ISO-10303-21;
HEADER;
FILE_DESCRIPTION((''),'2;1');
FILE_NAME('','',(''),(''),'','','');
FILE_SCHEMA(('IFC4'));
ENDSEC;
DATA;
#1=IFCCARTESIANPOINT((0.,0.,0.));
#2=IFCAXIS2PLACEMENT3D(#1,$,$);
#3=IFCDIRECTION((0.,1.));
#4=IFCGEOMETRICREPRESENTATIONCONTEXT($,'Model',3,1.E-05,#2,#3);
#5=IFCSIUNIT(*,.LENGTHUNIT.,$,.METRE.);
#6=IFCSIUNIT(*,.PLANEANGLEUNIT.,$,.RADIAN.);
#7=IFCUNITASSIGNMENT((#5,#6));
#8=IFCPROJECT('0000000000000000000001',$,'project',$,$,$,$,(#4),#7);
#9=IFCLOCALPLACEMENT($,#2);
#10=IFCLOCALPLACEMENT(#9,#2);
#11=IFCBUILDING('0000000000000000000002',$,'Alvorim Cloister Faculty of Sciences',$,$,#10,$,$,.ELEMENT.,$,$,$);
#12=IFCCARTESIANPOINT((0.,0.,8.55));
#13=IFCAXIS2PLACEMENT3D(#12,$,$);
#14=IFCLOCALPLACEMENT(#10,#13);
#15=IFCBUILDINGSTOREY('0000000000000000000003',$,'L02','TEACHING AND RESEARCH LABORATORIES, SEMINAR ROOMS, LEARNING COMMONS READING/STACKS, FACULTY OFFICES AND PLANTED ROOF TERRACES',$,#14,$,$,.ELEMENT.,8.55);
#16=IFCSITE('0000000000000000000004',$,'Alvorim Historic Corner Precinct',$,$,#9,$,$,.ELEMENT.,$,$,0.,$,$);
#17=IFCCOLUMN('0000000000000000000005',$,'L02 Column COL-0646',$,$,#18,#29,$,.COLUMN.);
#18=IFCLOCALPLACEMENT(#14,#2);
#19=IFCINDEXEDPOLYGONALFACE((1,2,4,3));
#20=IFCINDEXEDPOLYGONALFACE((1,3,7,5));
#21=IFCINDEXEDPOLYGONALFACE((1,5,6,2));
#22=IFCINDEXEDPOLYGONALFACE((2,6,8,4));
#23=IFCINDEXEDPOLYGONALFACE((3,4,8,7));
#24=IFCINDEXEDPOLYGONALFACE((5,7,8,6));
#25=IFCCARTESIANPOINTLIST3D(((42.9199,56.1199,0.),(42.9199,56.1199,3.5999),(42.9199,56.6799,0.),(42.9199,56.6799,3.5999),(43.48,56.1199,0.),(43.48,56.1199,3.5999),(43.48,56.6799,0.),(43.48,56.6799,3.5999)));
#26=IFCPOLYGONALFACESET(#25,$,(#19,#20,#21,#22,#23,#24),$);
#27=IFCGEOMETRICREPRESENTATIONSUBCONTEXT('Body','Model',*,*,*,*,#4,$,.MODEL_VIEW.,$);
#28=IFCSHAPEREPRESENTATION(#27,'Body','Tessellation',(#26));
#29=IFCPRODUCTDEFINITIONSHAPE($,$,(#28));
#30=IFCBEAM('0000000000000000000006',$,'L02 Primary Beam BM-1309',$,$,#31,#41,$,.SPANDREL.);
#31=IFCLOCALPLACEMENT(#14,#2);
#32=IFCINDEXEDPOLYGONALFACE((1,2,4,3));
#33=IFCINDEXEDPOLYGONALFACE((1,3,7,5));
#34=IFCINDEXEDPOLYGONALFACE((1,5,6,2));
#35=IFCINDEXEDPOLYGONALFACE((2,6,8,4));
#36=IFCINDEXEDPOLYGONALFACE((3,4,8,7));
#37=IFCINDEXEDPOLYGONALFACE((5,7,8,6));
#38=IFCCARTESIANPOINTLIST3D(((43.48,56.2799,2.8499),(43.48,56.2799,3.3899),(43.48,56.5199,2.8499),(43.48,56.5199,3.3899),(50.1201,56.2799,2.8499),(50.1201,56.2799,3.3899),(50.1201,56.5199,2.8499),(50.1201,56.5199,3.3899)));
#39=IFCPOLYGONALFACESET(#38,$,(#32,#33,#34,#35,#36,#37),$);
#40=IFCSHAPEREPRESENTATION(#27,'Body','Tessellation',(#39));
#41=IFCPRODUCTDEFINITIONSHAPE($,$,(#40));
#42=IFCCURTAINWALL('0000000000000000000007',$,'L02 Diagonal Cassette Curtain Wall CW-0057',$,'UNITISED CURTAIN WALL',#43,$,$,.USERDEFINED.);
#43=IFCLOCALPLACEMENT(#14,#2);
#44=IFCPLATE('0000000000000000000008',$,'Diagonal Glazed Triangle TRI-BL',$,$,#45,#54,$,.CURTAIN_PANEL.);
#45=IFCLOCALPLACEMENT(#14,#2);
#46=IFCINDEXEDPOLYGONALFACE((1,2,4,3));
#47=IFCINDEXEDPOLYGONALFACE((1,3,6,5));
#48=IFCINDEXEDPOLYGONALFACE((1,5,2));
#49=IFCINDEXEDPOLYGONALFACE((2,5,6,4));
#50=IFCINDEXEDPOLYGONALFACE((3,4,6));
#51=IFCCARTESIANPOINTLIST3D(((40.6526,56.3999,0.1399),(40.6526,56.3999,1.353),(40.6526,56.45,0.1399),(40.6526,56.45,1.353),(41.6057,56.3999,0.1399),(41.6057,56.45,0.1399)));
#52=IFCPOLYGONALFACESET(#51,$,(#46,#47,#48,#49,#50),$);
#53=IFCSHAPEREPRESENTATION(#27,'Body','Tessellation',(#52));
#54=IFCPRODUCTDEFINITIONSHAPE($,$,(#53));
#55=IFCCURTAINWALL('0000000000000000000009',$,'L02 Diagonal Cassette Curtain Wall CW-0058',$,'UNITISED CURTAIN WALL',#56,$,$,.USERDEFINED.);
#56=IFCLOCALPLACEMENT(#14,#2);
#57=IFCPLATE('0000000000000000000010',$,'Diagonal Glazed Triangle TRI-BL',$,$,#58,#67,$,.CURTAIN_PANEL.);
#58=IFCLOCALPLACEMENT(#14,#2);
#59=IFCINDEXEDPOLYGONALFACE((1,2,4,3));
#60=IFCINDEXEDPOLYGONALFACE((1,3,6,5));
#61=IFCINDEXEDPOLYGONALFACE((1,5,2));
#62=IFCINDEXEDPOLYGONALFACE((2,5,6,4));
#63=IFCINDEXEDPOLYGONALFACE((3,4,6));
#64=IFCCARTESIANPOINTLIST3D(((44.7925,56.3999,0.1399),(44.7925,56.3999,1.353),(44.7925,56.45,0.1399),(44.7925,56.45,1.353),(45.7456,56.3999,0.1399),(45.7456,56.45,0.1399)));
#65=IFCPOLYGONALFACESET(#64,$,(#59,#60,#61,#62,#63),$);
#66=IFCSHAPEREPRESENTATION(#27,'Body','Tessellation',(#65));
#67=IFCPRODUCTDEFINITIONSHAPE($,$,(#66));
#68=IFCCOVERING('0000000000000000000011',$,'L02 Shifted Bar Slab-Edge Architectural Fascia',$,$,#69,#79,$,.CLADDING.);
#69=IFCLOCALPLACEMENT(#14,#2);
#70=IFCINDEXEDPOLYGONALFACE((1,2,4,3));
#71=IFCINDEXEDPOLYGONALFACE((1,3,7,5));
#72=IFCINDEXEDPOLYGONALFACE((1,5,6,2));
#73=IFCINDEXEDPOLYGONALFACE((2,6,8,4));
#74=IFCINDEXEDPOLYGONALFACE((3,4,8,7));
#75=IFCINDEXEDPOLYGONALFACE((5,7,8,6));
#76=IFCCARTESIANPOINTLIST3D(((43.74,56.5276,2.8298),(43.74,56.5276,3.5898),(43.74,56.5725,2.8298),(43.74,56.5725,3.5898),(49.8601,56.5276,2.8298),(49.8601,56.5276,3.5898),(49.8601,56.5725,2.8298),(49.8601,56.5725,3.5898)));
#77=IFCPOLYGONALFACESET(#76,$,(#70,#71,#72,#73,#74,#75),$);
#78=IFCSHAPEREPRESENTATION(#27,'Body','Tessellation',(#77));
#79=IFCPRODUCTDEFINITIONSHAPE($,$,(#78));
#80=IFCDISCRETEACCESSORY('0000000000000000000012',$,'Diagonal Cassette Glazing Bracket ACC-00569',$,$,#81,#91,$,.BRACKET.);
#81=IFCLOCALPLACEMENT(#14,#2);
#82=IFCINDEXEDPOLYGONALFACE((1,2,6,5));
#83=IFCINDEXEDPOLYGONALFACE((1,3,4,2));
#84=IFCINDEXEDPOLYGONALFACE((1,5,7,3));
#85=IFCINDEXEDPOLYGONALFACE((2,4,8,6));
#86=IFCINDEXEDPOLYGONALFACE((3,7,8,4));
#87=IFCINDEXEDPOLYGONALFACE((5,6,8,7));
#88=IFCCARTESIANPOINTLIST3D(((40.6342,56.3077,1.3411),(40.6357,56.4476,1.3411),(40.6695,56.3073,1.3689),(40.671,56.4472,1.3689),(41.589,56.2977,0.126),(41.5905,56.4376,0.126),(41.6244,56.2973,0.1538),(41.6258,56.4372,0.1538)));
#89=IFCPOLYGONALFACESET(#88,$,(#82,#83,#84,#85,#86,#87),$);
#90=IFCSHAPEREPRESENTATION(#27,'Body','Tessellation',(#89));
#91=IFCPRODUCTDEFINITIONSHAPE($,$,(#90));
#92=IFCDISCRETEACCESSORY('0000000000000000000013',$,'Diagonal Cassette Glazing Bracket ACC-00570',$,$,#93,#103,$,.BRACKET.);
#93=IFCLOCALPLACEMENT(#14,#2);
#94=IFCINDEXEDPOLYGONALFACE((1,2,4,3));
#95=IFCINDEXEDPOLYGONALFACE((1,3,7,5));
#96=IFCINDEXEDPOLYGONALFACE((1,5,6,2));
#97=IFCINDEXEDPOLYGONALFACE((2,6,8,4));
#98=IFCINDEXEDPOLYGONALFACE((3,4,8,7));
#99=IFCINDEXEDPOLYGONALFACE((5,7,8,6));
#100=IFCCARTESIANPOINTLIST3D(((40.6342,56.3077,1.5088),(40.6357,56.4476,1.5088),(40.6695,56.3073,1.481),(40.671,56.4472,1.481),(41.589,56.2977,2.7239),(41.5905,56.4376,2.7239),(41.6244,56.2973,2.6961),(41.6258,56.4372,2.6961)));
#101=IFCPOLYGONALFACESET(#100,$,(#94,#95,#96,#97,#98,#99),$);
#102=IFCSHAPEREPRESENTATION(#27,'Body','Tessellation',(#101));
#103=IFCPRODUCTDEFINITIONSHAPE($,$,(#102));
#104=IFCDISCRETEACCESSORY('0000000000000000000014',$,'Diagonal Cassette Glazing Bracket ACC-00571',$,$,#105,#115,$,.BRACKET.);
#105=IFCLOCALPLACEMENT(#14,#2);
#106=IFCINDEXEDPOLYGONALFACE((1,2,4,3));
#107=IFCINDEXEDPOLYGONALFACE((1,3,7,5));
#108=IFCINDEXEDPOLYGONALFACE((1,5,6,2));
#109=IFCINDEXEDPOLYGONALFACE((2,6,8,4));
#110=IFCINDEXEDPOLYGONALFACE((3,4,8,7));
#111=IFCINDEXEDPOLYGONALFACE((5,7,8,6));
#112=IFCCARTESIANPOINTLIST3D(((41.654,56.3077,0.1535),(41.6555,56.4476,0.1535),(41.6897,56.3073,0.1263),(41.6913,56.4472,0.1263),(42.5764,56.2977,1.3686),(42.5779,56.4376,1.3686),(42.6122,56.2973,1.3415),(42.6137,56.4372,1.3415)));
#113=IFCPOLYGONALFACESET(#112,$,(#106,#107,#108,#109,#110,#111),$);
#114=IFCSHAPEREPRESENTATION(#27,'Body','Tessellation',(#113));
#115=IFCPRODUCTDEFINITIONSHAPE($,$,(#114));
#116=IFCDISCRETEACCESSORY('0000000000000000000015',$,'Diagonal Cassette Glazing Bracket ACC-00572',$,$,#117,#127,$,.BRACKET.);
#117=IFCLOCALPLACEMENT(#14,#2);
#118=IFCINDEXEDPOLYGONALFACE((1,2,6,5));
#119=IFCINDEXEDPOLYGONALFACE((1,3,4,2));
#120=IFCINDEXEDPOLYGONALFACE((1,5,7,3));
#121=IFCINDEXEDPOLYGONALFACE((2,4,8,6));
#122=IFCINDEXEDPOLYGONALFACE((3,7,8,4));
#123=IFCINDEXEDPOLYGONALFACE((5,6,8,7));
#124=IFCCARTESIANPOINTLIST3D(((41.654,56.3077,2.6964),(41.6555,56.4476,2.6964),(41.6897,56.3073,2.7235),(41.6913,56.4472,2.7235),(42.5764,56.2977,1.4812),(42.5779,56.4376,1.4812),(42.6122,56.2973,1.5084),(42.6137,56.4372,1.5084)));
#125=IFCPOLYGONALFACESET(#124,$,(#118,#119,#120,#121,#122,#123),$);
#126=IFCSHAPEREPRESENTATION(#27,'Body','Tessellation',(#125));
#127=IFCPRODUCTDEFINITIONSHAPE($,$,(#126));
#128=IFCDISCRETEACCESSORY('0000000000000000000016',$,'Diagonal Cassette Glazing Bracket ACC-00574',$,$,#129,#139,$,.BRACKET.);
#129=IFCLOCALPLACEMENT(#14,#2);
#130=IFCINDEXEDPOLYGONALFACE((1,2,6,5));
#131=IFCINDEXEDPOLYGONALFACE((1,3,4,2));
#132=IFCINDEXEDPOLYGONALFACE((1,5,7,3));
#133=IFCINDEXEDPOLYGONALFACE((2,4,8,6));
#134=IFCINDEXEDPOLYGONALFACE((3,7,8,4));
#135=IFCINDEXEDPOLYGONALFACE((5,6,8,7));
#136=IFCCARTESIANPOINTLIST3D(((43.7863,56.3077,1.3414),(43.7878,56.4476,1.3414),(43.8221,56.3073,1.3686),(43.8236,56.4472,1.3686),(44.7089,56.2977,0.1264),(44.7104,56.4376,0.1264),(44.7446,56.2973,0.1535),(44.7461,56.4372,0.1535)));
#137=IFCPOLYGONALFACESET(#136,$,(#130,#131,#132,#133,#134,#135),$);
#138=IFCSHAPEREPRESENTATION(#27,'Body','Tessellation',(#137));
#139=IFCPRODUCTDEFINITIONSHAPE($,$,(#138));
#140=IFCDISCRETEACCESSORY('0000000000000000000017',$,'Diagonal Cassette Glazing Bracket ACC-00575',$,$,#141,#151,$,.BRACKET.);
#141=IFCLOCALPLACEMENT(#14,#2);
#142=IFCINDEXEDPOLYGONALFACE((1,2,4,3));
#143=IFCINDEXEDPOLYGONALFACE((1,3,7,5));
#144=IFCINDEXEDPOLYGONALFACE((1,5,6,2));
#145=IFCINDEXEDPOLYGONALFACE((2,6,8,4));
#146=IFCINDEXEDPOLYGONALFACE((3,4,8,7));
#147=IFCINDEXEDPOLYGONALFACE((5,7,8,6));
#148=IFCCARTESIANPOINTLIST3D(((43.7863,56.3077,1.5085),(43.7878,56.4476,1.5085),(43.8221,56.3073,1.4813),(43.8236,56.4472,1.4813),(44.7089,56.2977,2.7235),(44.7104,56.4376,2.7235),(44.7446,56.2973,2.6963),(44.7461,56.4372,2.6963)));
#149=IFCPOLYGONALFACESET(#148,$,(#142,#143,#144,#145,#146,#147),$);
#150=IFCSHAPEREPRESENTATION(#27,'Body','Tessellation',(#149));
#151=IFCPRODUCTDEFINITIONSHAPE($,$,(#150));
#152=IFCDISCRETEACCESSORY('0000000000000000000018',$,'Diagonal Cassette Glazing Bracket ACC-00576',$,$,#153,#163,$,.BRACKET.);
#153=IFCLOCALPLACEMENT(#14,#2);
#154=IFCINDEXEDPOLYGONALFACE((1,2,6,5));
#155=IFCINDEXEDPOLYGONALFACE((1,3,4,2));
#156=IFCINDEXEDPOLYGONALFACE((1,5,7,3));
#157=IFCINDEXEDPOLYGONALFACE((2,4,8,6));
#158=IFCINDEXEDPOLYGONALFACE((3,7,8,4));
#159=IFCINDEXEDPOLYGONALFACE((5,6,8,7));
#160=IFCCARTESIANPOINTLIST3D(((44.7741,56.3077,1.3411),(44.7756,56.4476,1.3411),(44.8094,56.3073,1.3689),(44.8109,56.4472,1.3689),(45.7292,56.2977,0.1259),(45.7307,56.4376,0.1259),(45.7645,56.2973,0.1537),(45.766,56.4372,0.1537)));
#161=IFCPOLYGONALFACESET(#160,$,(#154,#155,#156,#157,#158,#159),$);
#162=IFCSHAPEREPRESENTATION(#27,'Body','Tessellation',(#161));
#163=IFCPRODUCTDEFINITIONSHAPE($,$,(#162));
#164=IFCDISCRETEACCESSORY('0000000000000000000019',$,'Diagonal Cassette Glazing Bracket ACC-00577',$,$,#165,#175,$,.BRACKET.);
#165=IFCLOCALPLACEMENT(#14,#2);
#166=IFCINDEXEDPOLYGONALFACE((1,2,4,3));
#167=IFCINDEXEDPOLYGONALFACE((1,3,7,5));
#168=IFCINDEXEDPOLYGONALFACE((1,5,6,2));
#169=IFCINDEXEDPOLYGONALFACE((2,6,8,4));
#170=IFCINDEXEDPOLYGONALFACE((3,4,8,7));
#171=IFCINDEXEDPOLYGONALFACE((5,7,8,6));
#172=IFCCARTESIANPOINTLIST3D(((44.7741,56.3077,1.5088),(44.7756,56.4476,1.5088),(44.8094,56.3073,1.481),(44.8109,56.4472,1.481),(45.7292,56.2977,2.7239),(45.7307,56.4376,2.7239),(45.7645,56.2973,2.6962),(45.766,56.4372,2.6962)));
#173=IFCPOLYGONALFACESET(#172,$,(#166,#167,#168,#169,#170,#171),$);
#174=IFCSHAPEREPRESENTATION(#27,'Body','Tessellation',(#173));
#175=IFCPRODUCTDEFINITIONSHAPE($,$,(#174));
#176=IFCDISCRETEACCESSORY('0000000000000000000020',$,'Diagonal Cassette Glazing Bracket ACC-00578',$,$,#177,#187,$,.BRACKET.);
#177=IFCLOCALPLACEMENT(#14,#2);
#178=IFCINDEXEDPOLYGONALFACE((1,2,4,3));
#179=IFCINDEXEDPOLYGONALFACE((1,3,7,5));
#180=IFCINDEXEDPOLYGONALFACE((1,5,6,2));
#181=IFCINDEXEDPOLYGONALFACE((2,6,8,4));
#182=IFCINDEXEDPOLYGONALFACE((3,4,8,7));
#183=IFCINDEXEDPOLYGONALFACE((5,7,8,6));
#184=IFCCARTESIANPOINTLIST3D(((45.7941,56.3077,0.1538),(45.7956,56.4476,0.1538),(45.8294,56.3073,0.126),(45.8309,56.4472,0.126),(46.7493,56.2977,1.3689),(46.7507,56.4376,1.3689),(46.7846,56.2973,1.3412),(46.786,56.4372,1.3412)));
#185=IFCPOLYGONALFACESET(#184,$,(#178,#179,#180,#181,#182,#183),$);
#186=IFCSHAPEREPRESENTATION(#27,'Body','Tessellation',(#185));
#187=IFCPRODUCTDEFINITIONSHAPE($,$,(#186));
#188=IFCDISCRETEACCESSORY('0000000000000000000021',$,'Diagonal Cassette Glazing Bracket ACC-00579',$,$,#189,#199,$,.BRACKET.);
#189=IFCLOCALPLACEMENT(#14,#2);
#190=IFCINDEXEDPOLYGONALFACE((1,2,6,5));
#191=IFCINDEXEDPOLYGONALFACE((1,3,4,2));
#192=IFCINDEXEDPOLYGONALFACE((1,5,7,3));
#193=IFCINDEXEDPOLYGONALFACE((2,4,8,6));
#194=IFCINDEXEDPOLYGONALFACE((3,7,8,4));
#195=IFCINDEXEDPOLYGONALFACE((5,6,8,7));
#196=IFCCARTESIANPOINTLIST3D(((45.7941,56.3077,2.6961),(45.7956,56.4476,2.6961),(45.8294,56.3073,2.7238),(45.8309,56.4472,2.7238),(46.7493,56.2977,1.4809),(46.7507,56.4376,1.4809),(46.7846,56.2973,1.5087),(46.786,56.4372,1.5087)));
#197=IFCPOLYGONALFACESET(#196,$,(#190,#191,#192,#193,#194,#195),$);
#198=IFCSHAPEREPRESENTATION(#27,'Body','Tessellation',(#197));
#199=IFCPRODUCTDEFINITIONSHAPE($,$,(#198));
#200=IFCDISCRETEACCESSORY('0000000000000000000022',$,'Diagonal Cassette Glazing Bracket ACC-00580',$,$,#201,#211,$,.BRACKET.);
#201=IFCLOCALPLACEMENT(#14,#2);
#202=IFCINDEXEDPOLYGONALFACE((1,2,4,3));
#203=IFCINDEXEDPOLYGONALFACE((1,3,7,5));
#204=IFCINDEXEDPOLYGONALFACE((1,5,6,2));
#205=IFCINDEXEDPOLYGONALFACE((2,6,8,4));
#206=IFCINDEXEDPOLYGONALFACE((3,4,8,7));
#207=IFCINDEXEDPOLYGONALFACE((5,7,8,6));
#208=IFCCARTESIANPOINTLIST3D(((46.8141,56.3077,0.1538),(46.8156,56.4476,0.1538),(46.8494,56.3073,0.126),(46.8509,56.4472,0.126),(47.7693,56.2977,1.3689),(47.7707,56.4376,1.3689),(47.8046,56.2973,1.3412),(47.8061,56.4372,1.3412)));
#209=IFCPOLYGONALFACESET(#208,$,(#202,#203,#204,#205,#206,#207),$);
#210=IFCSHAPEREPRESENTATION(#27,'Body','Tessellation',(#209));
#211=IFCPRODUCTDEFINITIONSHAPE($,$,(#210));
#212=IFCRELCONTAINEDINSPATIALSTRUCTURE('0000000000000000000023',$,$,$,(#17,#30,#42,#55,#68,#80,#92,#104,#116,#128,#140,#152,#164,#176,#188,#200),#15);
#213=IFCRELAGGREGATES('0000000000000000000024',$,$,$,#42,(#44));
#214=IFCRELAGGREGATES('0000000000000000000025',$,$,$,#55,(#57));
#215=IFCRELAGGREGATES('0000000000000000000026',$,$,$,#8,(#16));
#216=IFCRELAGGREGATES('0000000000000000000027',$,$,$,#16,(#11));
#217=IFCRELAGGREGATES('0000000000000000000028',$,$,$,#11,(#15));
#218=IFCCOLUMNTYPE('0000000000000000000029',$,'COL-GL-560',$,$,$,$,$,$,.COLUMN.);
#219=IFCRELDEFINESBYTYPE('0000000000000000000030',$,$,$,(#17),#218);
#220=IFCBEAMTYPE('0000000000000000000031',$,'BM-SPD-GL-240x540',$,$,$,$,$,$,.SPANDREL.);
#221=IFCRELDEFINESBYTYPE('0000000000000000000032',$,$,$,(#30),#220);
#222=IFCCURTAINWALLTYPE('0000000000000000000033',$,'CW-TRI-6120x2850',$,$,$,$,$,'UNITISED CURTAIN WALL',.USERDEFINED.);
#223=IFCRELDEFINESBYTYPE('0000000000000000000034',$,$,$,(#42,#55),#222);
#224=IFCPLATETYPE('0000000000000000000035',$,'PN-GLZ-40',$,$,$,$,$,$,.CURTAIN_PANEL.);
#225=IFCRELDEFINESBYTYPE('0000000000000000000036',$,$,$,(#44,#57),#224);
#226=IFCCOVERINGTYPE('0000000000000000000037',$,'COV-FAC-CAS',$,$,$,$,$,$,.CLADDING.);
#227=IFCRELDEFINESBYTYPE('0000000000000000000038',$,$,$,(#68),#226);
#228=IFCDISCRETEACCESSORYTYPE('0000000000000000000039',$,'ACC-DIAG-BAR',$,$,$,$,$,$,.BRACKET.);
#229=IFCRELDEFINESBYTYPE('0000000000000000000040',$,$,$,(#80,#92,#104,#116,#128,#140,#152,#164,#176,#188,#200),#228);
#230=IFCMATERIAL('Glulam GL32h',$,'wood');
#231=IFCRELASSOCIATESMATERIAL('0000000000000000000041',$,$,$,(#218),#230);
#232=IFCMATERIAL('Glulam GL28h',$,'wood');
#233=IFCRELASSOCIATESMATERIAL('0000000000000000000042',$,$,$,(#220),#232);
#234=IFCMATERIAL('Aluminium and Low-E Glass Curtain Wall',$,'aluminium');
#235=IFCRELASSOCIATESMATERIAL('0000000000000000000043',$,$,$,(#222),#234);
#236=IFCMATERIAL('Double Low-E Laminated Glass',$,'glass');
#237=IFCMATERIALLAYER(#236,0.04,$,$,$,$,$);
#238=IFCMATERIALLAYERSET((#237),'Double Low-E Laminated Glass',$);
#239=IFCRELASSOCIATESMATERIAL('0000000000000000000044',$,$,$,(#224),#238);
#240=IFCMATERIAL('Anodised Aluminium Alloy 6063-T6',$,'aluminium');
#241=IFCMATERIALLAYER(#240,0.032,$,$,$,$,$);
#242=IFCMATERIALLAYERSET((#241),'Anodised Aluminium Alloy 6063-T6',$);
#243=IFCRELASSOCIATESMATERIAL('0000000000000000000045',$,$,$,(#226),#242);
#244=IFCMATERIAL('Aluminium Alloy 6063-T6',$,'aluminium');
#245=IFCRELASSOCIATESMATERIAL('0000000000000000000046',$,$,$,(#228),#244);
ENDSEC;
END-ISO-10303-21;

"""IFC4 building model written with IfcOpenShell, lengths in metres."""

from ifc_helpers import new_model, si_unit, direction, frame, origin, origin_2d, place, context, subcontext, project, spatial, polyline, rectangle, outline, extrude, material, layer, layer_set, material_profile, profile_set, type_object, element, aggregate, save


model = new_model("IFC4")

# Units and contexts
model_context = context("Model", 3, precision=1e-05, world=origin(), true_north=direction((0.0, 1.0)))
body_context = subcontext(model_context, "Body", "Model", "MODEL_VIEW")
ifc_project = project(units=[si_unit("LENGTHUNIT", "METRE"), si_unit("PLANEANGLEUNIT", "RADIAN")], contexts=[model_context])

# Site, building, storey
site_placement = place(None, origin())
site = spatial("IfcSite", under=ifc_project, at=site_placement, Name="Alvorim Historic Corner Precinct", CompositionType="ELEMENT", RefElevation=0.0)
building_placement = place(site_placement, origin())
building = spatial("IfcBuilding", under=site, at=building_placement, Name="Alvorim Cloister Faculty of Sciences", CompositionType="ELEMENT")
storey_placement = place(building_placement, frame((0.0, 0.0, 8.55)))
storey = spatial("IfcBuildingStorey", under=building, at=storey_placement, Name="L02", Description="TEACHING AND RESEARCH LABORATORIES, SEMINAR ROOMS, LEARNING COMMONS READING/STACKS, FACULTY OFFICES AND PLANTED ROOF TERRACES", CompositionType="ELEMENT", Elevation=8.55)

# Column
ifc_material_1 = material(Name="Glulam GL32h", Category="wood")
ifc_material_profile_1 = material_profile(ifc_material_1, rectangle(XDim=0.5601, YDim=0.5601, at=origin_2d()), Name="GL32-COL-560x560")
ifc_profile_set_1 = profile_set([ifc_material_profile_1], Name="Glulam GL32h")
column_type = type_object("IfcColumnType", Name="COL-GL-560", PredefinedType="COLUMN", material=ifc_profile_set_1)
column_placement = place(storey_placement, frame((43.2, 56.3999, 0.0), z_axis=(0.0, 0.0, 1.0), x_axis=(1.0, 0.0, 0.0)))
element("IfcColumn", 1, at=column_placement, inside=storey, type_object=column_type, Name="L02 Column COL-0646", PredefinedType="COLUMN", context=body_context, shape_type="SweptSolid", body=[
    extrude(rectangle(XDim=0.5601, YDim=0.5601, at=origin_2d()), origin(), (0.0, 0.0, 1.0), 3.5999),
])

# Beam
ifc_material_2 = material(Name="Glulam GL28h", Category="wood")
ifc_material_profile_2 = material_profile(ifc_material_2, rectangle(XDim=0.24, YDim=0.54, at=origin_2d()), Name="GL28-SPD-240x540")
ifc_profile_set_2 = profile_set([ifc_material_profile_2], Name="Glulam GL28h")
beam_type = type_object("IfcBeamType", Name="BM-SPD-GL-240x540", PredefinedType="SPANDREL", material=ifc_profile_set_2)
beam_placement = place(storey_placement, frame((43.48, 56.3999, 3.1199), z_axis=(1.0, 0.0, 0.0), x_axis=(0.0, 1.0, 0.0)))
element("IfcBeam", 2, at=beam_placement, inside=storey, type_object=beam_type, Name="L02 Primary Beam BM-1309", PredefinedType="SPANDREL", context=body_context, shape_type="SweptSolid", body=[
    extrude(rectangle(XDim=0.24, YDim=0.54, at=origin_2d()), origin(), (0.0, 0.0, 1.0), 6.6401),
])

# Curtain walls, plates
ifc_material_3 = material(Name="Aluminium and Low-E Glass Curtain Wall", Category="aluminium")
curtain_wall_type = type_object("IfcCurtainWallType", Name="CW-TRI-6120x2850", ElementType="UNITISED CURTAIN WALL", PredefinedType="USERDEFINED", material=ifc_material_3)
curtain_wall_1_placement = place(storey_placement, origin())
curtain_wall_1 = element("IfcCurtainWall", 3, at=curtain_wall_1_placement, inside=storey, type_object=curtain_wall_type, Name="L02 Diagonal Cassette Curtain Wall CW-0057", ObjectType="UNITISED CURTAIN WALL", PredefinedType="USERDEFINED")
ifc_material_4 = material(Name="Double Low-E Laminated Glass", Category="glass")
ifc_layer_1 = layer(ifc_material_4, 0.04)
ifc_layer_set_1 = layer_set([ifc_layer_1], Name="Double Low-E Laminated Glass")
plate_type = type_object("IfcPlateType", Name="PN-GLZ-40", PredefinedType="CURTAIN_PANEL", material=ifc_layer_set_1)
plate_1_placement = place(storey_placement, frame((40.6526, 56.425, 0.1399), z_axis=(0.0, 0.0, 1.0), x_axis=(1.0, 0.0, 0.0)))
plate_1 = element("IfcPlate", 4, at=plate_1_placement, type_object=plate_type, Name="Diagonal Glazed Triangle TRI-BL", PredefinedType="CURTAIN_PANEL", context=body_context, shape_type="SweptSolid", body=[
    extrude(outline(polyline([(0.0, 0.0), (0.9531, 0.0), (0.0, 1.2131), (0.0, 0.0)])), frame((0.0, 0.0249, 0.0), z_axis=(0.0, -1.0, 0.0), x_axis=(1.0, 0.0, 0.0)), (0.0, 0.0, 1.0), 0.05),
])
aggregate(curtain_wall_1, [plate_1])
curtain_wall_2_placement = place(storey_placement, origin())
curtain_wall_2 = element("IfcCurtainWall", 5, at=curtain_wall_2_placement, inside=storey, type_object=curtain_wall_type, Name="L02 Diagonal Cassette Curtain Wall CW-0058", ObjectType="UNITISED CURTAIN WALL", PredefinedType="USERDEFINED")
plate_2_placement = place(storey_placement, frame((44.7925, 56.425, 0.1399), z_axis=(0.0, 0.0, 1.0), x_axis=(1.0, 0.0, 0.0)))
plate_2 = element("IfcPlate", 6, at=plate_2_placement, type_object=plate_type, Name="Diagonal Glazed Triangle TRI-BL", PredefinedType="CURTAIN_PANEL", context=body_context, shape_type="SweptSolid", body=[
    extrude(outline(polyline([(0.0, 0.0), (0.9531, 0.0), (0.0, 1.2131), (0.0, 0.0)])), frame((0.0, 0.0249, 0.0), z_axis=(0.0, -1.0, 0.0), x_axis=(1.0, 0.0, 0.0)), (0.0, 0.0, 1.0), 0.05),
])
aggregate(curtain_wall_2, [plate_2])

# Covering
ifc_material_5 = material(Name="Anodised Aluminium Alloy 6063-T6", Category="aluminium")
ifc_layer_2 = layer(ifc_material_5, 0.032)
ifc_layer_set_2 = layer_set([ifc_layer_2], Name="Anodised Aluminium Alloy 6063-T6")
covering_type = type_object("IfcCoveringType", Name="COV-FAC-CAS", PredefinedType="CLADDING", material=ifc_layer_set_2)
covering_placement = place(storey_placement, frame((43.74, 56.55, 2.8298), z_axis=(0.0, 0.0, 1.0), x_axis=(1.0, 0.0, 0.0)))
element("IfcCovering", 7, at=covering_placement, inside=storey, type_object=covering_type, Name="L02 Shifted Bar Slab-Edge Architectural Fascia", PredefinedType="CLADDING", context=body_context, shape_type="SweptSolid", body=[
    extrude(outline(polyline([(0.0, 0.0), (6.1201, 0.0), (6.1201, 0.76), (0.0, 0.76), (0.0, 0.0)])), frame((0.0, 0.0225, 0.0), z_axis=(0.0, -1.0, 0.0), x_axis=(1.0, 0.0, 0.0)), (0.0, 0.0, 1.0), 0.0449),
])

# Discrete accessories
ifc_material_6 = material(Name="Aluminium Alloy 6063-T6", Category="aluminium")
discrete_accessory_type = type_object("IfcDiscreteAccessoryType", Name="ACC-DIAG-BAR", PredefinedType="BRACKET", material=ifc_material_6)
for number, where, z_axis, x_axis, name in (
    (8, (40.6526, 56.3774, 1.355), (0.617857, -0.006477, -0.786263), (0.010483, 0.999945, 0.0), "Diagonal Cassette Glazing Bracket ACC-00569"),
    (9, (40.6526, 56.3774, 1.4949), (0.617857, -0.006477, 0.786263), (0.010483, 0.999945, 0.0), "Diagonal Cassette Glazing Bracket ACC-00570"),
):
    element("IfcDiscreteAccessory", number, at=place(storey_placement, frame(where, z_axis=z_axis, x_axis=x_axis)), inside=storey, type_object=discrete_accessory_type, Name=name, PredefinedType="BRACKET", context=body_context, shape_type="SweptSolid", body=[
        extrude(rectangle(XDim=0.1399, YDim=0.0449, at=origin_2d()), origin(), (0.0, 0.0, 1.0), 1.5454),
    ])
for number, where, z_axis, x_axis, name in (
    (10, (41.6726, 56.3774, 0.1399), (0.604612, -0.006561, 0.796493), (0.010852, 0.999941, 0.0), "Diagonal Cassette Glazing Bracket ACC-00571"),
    (11, (41.6726, 56.3774, 2.71), (0.604612, -0.006561, -0.796493), (0.010852, 0.999941, 0.0), "Diagonal Cassette Glazing Bracket ACC-00572"),
    (12, (43.8049, 56.3774, 1.355), (0.604713, -0.006561, -0.796416), (0.010849, 0.999941, 0.0), "Diagonal Cassette Glazing Bracket ACC-00574"),
    (13, (43.8049, 56.3774, 1.4949), (0.604713, -0.006561, 0.796416), (0.010849, 0.999941, 0.0), "Diagonal Cassette Glazing Bracket ACC-00575"),
):
    element("IfcDiscreteAccessory", number, at=place(storey_placement, frame(where, z_axis=z_axis, x_axis=x_axis)), inside=storey, type_object=discrete_accessory_type, Name=name, PredefinedType="BRACKET", context=body_context, shape_type="SweptSolid", body=[
        extrude(rectangle(XDim=0.1399, YDim=0.0449, at=origin_2d()), origin(), (0.0, 0.0, 1.0), 1.5256),
    ])
for number, where, z_axis, x_axis, name in (
    (14, (44.7925, 56.3774, 1.355), (0.617955, -0.006477, -0.786187), (0.01048, 0.999945, 0.0), "Diagonal Cassette Glazing Bracket ACC-00576"),
    (15, (44.7925, 56.3774, 1.4949), (0.617955, -0.006477, 0.786187), (0.01048, 0.999945, 0.0), "Diagonal Cassette Glazing Bracket ACC-00577"),
    (16, (45.8125, 56.3774, 0.1399), (0.617955, -0.006477, 0.786187), (0.01048, 0.999945, 0.0), "Diagonal Cassette Glazing Bracket ACC-00578"),
    (17, (45.8125, 56.3774, 2.71), (0.617955, -0.006477, -0.786187), (0.01048, 0.999945, 0.0), "Diagonal Cassette Glazing Bracket ACC-00579"),
    (18, (46.8325, 56.3774, 0.1399), (0.617955, -0.006477, 0.786187), (0.01048, 0.999945, 0.0), "Diagonal Cassette Glazing Bracket ACC-00580"),
):
    element("IfcDiscreteAccessory", number, at=place(storey_placement, frame(where, z_axis=z_axis, x_axis=x_axis)), inside=storey, type_object=discrete_accessory_type, Name=name, PredefinedType="BRACKET", context=body_context, shape_type="SweptSolid", body=[
        extrude(rectangle(XDim=0.1399, YDim=0.0449, at=origin_2d()), origin(), (0.0, 0.0, 1.0), 1.5457),
    ])

save(model, "model.ifc")
